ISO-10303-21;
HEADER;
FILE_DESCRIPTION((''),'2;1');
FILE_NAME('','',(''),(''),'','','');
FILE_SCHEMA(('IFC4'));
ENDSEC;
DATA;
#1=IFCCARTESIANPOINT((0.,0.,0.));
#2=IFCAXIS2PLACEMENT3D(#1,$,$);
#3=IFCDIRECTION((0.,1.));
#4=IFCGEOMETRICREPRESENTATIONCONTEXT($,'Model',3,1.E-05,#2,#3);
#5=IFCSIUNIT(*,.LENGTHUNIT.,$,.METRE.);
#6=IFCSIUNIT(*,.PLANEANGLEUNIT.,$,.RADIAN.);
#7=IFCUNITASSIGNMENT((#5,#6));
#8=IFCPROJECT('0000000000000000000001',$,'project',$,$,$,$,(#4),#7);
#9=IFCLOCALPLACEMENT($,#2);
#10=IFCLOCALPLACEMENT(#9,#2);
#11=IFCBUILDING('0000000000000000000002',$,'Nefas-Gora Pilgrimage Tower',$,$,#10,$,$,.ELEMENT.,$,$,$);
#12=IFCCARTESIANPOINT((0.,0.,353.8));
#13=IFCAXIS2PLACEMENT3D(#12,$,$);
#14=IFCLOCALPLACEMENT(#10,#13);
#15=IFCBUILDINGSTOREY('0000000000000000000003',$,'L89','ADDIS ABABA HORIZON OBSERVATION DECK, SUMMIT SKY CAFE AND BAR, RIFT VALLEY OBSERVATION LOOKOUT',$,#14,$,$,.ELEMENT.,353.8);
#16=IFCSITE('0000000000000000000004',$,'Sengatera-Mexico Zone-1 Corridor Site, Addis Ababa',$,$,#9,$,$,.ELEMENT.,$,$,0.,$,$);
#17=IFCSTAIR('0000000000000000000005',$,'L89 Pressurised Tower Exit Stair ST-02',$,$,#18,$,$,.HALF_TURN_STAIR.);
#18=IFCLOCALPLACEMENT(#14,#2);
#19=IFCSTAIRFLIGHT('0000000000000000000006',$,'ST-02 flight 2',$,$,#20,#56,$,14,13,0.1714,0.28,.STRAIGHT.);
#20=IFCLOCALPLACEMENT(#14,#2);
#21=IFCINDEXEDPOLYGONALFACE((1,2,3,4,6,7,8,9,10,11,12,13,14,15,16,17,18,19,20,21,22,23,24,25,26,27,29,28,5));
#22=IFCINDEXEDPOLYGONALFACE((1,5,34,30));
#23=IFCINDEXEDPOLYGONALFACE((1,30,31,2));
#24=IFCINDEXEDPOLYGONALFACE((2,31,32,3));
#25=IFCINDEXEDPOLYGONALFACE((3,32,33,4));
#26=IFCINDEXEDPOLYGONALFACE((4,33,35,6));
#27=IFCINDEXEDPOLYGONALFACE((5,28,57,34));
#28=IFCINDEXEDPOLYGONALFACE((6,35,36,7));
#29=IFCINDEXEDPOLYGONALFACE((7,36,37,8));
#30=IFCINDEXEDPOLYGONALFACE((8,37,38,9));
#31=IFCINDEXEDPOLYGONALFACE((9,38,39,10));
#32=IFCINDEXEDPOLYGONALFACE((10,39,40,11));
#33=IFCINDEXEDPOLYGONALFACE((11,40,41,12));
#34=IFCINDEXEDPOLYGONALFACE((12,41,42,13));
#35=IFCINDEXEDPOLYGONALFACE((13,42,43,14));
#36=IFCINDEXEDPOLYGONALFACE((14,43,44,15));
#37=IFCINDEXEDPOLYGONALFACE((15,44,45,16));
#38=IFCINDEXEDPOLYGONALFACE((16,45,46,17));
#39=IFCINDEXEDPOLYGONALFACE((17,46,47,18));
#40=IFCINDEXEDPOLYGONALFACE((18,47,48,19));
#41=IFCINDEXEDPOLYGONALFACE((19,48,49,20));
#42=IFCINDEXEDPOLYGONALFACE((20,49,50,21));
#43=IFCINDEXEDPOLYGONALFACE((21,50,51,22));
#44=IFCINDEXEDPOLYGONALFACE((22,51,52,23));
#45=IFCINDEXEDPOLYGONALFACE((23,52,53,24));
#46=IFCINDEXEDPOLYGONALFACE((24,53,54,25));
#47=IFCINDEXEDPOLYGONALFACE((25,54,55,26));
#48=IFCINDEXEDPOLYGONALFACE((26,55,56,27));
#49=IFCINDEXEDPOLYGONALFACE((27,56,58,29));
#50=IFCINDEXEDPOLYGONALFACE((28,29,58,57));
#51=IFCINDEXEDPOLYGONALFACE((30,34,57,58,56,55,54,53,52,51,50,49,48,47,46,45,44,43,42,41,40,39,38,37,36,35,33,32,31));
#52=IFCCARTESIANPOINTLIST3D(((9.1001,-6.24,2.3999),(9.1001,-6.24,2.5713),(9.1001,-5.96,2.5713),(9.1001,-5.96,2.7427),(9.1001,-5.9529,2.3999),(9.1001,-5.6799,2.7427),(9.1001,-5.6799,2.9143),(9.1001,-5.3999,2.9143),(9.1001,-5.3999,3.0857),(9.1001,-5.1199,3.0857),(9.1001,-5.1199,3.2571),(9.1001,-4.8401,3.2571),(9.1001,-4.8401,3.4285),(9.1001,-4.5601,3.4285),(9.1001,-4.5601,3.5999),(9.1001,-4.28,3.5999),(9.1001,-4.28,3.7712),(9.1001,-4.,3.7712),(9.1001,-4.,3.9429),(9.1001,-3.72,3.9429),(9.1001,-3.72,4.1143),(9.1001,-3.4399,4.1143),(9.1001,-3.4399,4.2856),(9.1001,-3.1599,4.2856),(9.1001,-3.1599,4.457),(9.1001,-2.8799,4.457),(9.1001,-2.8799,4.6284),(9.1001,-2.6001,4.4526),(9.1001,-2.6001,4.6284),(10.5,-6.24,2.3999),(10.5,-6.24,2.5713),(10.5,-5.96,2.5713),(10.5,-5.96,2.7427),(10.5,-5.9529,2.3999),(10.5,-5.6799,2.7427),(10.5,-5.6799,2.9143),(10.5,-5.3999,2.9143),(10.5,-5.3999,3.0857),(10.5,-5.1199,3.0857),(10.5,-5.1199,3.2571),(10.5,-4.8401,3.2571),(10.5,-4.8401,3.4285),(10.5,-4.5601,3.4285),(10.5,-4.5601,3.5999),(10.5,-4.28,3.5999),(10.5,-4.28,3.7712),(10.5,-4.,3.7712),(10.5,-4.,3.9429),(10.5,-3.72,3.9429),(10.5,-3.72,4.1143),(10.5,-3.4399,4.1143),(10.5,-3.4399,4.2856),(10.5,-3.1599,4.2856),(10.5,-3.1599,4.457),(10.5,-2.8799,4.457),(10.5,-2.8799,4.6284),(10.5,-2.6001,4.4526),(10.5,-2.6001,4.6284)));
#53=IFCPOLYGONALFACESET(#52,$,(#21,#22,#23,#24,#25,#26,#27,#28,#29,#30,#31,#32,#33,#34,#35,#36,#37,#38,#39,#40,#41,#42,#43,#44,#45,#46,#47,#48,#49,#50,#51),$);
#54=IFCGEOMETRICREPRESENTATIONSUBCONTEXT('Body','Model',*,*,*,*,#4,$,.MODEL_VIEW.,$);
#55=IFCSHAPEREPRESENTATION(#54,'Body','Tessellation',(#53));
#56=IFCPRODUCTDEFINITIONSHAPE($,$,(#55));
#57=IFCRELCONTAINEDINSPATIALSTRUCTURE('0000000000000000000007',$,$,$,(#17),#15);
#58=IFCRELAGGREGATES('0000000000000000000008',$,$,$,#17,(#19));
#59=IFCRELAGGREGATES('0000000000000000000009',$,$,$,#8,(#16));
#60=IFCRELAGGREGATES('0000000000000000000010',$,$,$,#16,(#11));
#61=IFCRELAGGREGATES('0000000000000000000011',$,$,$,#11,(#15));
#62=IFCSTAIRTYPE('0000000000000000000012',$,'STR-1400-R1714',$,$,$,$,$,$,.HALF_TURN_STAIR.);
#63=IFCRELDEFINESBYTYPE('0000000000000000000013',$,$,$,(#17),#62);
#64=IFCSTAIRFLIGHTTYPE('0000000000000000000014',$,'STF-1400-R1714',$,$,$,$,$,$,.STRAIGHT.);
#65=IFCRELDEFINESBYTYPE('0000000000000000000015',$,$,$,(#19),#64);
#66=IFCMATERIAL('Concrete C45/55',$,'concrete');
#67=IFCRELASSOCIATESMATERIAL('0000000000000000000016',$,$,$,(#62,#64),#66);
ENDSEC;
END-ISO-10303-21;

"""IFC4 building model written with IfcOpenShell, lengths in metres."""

from ifc_helpers import new_model, si_unit, direction, frame, origin, place, context, subcontext, project, spatial, polyline, outline, extrude, source, transform, mapped, material, type_object, element, aggregate, save


model = new_model("IFC4")

# Units and contexts
model_context = context("Model", 3, precision=1e-05, world=origin(), true_north=direction((0.0, 1.0)))
body_context = subcontext(model_context, "Body", "Model", "MODEL_VIEW")
ifc_project = project(units=[si_unit("LENGTHUNIT", "METRE"), si_unit("PLANEANGLEUNIT", "RADIAN")], contexts=[model_context])

# Site, building, storey
site_placement = place(None, origin())
site = spatial("IfcSite", under=ifc_project, at=site_placement, Name="Sengatera-Mexico Zone-1 Corridor Site, Addis Ababa", CompositionType="ELEMENT", RefElevation=0.0)
building_placement = place(site_placement, origin())
building = spatial("IfcBuilding", under=site, at=building_placement, Name="Nefas-Gora Pilgrimage Tower", CompositionType="ELEMENT")
storey_placement = place(building_placement, frame((0.0, 0.0, 353.8)))
storey = spatial("IfcBuildingStorey", under=building, at=storey_placement, Name="L89", Description="ADDIS ABABA HORIZON OBSERVATION DECK, SUMMIT SKY CAFE AND BAR, RIFT VALLEY OBSERVATION LOOKOUT", CompositionType="ELEMENT", Elevation=353.8)

# Shared definitions
ifc_material_1 = material(Name="Concrete C45/55", Category="concrete")

# Stair, stair flight
stair_type = type_object("IfcStairType", Name="STR-1400-R1714", PredefinedType="HALF_TURN_STAIR", material=ifc_material_1)
stair_placement = place(storey_placement, origin())
stair = element("IfcStair", 1, at=stair_placement, inside=storey, type_object=stair_type, Name="L89 Pressurised Tower Exit Stair ST-02", PredefinedType="HALF_TURN_STAIR")
stair_flight_type = type_object("IfcStairFlightType", Name="STF-1400-R1714", PredefinedType="STRAIGHT", material=ifc_material_1)
shared_shape_1 = source(origin(), body_context, "Body", "SweptSolid", [
    extrude(outline(polyline([(0.0, 0.0), (0.0, 0.1714), (0.28, 0.1714), (0.28, 0.3428), (0.5601, 0.3428), (0.5601, 0.5144), (0.8401, 0.5144), (0.8401, 0.6858), (1.1201, 0.6858), (1.1201, 0.8572), (1.3999, 0.8572), (1.3999, 1.0286), (1.6799, 1.0286), (1.6799, 1.2), (1.96, 1.2), (1.96, 1.3713), (2.24, 1.3713), (2.24, 1.543), (2.52, 1.543), (2.52, 1.7144), (2.8, 1.7144), (2.8, 1.8857), (3.0801, 1.8857), (3.0801, 2.0571), (3.3601, 2.0571), (3.3601, 2.2285), (3.6399, 2.2285), (3.6399, 2.3999), (3.6399, 2.0527), (0.2871, 0.0), (0.0, 0.0)])), frame((0.0, 0.7, 0.0), z_axis=(0.0, -1.0, 0.0), x_axis=(1.0, 0.0, 0.0)), (0.0, 0.0, 1.0), 1.3999),
])
stair_flight_placement = place(storey_placement, frame((9.8, -6.24, 2.3999), z_axis=(0.0, 0.0, 1.0), x_axis=(0.0, 1.0, 0.0)))
stair_flight = element("IfcStairFlight", 2, at=stair_flight_placement, type_object=stair_flight_type, Name="ST-02 flight 2", NumberOfRisers=14, NumberOfTreads=13, PredefinedType="STRAIGHT", RiserHeight=0.1714, TreadLength=0.28, context=body_context, shape_type="MappedRepresentation", body=[
    mapped(shared_shape_1, transform((0.0, 0.0, 0.0), x_axis=(1.0, 0.0, 0.0), y_axis=(0.0, 1.0, 0.0), z_axis=(0.0, 0.0, 1.0), scale=1.0)),
])
aggregate(stair, [stair_flight])

save(model, "model.ifc")
